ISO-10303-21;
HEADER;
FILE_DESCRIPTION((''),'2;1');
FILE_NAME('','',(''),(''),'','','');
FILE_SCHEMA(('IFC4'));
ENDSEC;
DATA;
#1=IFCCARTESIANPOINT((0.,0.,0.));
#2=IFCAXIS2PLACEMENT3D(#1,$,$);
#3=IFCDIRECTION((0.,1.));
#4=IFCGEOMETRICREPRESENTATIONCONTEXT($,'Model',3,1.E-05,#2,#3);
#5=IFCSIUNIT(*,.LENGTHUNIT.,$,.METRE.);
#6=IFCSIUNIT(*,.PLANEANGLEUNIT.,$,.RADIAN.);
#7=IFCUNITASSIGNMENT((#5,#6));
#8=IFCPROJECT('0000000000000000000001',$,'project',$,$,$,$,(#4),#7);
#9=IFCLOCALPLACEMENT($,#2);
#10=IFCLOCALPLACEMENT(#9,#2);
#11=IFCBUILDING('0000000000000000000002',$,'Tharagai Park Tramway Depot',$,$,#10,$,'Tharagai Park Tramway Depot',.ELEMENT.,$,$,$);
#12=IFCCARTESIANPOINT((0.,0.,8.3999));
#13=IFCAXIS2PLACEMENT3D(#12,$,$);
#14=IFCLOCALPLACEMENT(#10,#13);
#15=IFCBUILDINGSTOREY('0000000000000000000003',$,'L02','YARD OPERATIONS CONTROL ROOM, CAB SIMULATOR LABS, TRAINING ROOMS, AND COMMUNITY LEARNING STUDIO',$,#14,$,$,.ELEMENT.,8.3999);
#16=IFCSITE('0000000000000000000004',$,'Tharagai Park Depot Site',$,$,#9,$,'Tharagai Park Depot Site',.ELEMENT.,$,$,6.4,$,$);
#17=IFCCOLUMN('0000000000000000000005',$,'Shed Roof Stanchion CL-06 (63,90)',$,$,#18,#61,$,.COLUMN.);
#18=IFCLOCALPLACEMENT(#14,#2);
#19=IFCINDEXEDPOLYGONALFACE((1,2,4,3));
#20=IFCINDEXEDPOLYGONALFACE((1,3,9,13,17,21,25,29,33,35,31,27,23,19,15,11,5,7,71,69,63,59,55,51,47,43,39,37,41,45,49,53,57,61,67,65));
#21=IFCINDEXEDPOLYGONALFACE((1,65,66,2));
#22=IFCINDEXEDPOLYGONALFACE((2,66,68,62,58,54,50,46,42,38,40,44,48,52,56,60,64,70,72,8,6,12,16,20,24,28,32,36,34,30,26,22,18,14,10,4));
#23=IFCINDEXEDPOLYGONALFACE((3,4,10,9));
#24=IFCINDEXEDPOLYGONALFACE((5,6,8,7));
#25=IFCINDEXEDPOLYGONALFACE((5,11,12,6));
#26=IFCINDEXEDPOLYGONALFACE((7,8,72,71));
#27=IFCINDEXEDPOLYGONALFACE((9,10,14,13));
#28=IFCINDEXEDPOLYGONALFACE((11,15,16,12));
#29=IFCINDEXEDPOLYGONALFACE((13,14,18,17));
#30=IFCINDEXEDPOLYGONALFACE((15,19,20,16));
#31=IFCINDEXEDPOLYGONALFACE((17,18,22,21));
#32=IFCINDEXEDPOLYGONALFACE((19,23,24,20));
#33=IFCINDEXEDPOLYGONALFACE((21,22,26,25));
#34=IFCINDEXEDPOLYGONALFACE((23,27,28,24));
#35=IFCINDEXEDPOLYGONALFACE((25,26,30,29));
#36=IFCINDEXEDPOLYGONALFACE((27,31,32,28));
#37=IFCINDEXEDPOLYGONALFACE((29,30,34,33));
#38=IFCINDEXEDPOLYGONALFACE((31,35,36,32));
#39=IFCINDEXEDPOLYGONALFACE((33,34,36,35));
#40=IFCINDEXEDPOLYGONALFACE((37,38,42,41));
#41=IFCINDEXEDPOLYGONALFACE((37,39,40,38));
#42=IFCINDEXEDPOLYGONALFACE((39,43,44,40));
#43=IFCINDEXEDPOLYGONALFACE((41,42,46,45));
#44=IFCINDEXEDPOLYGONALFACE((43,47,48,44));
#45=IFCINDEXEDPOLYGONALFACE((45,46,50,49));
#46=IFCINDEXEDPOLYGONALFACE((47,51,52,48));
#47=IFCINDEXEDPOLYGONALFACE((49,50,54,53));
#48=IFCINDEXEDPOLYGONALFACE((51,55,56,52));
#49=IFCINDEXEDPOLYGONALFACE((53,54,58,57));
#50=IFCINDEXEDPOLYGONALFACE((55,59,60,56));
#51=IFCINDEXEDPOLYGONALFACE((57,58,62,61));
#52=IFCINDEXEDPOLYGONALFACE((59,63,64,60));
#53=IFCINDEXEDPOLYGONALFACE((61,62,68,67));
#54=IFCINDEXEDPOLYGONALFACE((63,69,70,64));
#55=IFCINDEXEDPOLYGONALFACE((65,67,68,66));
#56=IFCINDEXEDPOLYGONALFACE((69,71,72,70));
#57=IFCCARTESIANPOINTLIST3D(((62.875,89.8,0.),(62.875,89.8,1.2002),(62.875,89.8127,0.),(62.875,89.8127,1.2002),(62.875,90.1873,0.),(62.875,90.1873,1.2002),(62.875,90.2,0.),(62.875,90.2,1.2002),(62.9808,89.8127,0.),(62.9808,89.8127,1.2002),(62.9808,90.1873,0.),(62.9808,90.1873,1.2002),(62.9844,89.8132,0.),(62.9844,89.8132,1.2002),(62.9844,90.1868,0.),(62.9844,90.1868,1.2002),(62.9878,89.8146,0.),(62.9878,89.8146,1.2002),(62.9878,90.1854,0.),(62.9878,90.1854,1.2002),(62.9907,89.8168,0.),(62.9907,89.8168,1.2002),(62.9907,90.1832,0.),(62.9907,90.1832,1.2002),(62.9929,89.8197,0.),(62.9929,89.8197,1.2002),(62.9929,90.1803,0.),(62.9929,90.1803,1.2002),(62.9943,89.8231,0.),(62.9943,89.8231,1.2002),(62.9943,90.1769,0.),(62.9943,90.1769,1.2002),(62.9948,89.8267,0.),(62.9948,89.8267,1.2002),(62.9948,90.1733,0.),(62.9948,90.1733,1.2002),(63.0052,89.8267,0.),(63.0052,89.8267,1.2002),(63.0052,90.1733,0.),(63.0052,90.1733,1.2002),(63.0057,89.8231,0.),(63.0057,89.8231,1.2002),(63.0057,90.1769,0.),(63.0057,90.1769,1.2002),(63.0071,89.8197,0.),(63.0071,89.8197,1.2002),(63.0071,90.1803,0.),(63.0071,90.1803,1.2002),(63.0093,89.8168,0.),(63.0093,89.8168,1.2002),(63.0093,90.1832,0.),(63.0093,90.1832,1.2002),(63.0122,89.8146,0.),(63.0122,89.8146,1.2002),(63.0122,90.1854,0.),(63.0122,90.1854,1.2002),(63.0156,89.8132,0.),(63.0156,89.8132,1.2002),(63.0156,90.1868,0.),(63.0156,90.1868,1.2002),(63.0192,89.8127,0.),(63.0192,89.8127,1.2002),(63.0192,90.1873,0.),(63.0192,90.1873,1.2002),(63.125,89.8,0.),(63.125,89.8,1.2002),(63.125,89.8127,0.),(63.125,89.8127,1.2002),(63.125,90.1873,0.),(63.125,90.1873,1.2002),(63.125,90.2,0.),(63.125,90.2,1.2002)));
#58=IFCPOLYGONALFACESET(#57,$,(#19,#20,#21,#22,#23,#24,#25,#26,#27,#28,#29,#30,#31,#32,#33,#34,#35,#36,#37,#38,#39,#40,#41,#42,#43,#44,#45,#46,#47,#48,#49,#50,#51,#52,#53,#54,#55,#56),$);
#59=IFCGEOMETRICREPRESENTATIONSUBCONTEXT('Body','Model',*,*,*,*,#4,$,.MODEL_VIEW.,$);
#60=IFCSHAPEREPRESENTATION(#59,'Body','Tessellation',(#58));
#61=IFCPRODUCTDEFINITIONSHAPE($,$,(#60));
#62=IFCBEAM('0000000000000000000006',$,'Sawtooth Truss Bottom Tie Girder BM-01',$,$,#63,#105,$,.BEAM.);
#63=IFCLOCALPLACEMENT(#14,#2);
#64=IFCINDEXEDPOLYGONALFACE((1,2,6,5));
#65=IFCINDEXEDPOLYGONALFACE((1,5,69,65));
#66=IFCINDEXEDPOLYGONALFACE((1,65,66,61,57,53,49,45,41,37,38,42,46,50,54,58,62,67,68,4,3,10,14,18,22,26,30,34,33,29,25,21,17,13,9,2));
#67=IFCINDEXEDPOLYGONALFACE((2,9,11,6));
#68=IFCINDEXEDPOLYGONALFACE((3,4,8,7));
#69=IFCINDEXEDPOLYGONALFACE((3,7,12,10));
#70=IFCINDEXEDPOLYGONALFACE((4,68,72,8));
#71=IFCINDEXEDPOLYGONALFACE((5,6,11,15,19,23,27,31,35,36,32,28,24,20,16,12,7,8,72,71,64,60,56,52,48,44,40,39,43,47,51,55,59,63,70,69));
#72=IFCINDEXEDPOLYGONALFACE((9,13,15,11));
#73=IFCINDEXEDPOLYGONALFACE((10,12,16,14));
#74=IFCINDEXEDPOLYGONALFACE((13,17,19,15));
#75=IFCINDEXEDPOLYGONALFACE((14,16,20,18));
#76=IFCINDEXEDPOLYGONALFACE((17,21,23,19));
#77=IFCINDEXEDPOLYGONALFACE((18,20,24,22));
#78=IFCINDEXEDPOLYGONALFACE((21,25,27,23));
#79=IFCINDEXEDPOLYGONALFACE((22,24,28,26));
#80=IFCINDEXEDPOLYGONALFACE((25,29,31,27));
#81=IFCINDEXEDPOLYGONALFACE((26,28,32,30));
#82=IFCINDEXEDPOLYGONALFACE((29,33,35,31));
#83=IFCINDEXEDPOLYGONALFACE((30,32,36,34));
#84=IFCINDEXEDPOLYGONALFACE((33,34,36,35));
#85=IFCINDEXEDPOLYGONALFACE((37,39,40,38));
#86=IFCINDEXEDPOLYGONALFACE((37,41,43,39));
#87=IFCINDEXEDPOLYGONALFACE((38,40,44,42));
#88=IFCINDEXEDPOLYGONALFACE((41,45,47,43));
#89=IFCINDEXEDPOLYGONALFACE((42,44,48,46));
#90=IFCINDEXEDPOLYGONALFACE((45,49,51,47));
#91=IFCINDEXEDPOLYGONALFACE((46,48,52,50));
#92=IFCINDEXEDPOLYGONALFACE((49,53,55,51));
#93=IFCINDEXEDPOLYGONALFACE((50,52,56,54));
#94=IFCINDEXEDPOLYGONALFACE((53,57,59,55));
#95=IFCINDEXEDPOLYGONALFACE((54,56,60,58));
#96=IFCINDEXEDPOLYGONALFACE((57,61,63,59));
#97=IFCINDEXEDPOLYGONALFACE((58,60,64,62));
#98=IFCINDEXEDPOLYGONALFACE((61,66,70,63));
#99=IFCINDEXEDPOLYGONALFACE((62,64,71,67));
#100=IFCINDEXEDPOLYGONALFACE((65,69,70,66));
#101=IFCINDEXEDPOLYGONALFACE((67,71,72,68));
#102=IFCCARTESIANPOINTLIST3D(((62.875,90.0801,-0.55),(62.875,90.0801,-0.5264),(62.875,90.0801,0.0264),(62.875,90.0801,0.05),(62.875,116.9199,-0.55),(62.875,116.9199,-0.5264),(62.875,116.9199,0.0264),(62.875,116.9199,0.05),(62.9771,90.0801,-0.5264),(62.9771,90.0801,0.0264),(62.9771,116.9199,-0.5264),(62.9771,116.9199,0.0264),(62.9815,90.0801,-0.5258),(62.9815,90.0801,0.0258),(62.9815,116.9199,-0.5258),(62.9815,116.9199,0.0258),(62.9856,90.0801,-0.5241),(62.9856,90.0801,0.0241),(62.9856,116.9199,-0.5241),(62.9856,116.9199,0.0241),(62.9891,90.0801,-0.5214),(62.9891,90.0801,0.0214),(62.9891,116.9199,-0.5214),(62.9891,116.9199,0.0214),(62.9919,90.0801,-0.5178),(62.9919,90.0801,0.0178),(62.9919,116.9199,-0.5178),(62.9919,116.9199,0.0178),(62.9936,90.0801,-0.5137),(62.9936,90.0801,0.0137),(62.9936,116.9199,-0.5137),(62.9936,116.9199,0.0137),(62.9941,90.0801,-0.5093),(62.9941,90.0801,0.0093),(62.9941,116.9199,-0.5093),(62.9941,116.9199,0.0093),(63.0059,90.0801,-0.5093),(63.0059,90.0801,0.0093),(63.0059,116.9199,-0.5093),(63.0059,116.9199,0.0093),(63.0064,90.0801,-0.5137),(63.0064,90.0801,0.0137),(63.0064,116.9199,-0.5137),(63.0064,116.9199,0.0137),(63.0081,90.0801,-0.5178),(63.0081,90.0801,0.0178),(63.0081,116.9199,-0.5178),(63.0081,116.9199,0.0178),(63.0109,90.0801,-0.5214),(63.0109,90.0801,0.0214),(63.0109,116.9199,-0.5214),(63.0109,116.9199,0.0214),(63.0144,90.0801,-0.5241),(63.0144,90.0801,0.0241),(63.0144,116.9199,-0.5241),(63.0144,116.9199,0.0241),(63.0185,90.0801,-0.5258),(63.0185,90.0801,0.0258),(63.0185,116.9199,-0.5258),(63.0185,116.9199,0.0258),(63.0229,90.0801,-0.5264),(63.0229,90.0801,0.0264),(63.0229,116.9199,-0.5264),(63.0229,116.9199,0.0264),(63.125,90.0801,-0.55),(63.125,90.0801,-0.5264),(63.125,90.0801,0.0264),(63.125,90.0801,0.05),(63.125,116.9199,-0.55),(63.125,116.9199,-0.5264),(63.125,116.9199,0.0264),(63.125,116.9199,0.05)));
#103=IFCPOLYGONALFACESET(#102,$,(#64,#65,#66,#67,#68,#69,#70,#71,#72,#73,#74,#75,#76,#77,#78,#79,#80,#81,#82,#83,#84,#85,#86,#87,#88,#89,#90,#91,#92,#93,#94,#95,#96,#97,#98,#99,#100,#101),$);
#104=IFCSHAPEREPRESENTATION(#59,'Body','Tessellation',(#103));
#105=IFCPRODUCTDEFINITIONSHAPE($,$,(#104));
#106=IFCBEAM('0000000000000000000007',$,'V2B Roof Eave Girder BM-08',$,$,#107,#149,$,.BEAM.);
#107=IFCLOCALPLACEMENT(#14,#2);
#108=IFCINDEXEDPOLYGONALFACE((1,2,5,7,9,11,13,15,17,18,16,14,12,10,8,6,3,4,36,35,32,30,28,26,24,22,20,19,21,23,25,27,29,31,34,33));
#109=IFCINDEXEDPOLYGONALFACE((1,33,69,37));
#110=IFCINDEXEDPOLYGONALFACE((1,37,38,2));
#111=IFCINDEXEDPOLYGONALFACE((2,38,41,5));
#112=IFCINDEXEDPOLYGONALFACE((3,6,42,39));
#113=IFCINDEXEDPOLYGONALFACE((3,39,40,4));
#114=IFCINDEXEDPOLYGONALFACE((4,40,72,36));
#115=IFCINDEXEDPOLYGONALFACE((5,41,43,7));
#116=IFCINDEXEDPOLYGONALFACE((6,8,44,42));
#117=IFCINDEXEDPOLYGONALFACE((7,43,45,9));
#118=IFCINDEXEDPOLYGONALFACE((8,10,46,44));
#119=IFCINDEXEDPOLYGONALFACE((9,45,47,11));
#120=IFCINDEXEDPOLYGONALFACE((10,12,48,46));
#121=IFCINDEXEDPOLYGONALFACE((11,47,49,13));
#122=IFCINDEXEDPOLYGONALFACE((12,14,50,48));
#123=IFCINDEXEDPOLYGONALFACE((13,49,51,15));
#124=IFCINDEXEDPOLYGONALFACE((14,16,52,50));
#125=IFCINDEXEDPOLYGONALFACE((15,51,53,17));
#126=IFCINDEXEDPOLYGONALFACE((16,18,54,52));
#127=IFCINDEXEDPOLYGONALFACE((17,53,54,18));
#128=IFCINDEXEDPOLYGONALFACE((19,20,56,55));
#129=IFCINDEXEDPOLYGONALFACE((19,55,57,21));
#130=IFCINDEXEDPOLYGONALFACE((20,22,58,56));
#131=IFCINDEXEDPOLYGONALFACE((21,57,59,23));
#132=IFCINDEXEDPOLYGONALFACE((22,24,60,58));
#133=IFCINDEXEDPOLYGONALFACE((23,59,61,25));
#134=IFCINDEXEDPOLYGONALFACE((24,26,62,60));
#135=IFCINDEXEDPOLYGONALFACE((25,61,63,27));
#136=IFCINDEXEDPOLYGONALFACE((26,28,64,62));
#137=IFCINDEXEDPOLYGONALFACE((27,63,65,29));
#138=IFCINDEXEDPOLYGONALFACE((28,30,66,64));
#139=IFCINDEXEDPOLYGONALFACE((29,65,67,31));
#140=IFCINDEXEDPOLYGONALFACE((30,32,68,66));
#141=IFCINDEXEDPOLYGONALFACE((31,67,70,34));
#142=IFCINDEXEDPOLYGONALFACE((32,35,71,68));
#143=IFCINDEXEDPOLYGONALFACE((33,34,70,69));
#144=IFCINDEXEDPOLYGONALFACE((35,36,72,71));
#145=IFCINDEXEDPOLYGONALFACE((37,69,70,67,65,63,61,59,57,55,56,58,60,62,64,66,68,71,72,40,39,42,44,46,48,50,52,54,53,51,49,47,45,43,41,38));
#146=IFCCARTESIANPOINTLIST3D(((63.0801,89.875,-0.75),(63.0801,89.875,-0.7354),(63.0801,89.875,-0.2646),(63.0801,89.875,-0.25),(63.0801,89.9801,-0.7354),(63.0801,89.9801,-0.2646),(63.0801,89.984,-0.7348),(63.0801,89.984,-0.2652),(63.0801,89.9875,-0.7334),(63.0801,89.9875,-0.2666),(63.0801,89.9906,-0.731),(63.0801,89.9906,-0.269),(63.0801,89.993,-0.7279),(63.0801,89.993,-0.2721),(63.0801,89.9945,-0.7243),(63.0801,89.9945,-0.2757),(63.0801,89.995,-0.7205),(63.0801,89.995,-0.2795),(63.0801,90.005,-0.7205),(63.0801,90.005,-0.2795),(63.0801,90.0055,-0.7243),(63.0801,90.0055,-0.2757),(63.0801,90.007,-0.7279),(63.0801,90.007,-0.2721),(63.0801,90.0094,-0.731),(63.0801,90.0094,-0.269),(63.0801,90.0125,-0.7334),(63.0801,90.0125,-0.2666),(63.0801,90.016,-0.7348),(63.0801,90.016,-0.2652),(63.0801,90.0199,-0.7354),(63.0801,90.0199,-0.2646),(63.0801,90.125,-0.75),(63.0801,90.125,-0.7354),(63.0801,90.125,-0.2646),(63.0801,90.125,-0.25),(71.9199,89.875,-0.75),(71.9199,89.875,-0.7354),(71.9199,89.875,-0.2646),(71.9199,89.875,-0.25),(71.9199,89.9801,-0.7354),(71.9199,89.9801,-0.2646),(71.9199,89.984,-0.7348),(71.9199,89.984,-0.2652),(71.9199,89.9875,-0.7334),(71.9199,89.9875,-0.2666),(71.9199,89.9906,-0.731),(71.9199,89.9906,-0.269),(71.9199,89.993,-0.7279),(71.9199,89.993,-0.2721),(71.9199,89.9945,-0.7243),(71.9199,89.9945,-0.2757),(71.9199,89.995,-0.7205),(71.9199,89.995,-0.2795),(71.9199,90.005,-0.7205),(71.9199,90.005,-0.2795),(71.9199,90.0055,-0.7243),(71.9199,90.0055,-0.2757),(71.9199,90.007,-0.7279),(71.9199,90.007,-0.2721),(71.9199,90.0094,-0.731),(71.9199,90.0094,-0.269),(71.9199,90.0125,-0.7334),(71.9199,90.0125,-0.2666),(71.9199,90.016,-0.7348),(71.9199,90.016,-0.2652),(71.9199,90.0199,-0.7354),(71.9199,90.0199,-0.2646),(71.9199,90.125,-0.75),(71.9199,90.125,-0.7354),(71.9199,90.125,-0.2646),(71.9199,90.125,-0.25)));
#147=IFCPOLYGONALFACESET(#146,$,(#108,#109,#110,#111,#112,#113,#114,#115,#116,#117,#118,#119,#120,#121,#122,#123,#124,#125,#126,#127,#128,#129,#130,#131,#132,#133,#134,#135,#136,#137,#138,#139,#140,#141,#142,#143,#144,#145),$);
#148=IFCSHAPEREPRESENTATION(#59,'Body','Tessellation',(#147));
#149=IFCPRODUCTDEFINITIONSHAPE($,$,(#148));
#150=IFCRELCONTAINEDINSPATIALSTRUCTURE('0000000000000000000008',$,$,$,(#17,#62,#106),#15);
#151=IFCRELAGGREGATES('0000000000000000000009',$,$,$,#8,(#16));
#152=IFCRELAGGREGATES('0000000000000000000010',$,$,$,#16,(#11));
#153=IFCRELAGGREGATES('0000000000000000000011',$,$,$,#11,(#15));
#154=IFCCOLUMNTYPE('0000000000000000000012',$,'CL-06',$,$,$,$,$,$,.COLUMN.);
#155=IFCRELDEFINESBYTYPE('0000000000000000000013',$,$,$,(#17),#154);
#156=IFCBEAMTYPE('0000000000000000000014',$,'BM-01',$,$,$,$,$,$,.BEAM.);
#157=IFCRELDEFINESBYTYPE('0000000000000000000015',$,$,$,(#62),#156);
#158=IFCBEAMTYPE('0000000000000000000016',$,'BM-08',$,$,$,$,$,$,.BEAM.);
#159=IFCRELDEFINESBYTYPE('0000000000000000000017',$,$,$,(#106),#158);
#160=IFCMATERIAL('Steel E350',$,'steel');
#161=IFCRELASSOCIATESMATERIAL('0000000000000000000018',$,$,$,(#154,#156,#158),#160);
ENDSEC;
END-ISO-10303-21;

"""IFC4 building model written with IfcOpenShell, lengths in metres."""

from ifc_helpers import new_model, si_unit, direction, frame, origin, origin_2d, place, context, subcontext, project, spatial, i_section, extrude, material, material_profile, profile_set, type_object, element, save


model = new_model("IFC4")

# Units and contexts
model_context = context("Model", 3, precision=1e-05, world=origin(), true_north=direction((0.0, 1.0)))
body_context = subcontext(model_context, "Body", "Model", "MODEL_VIEW")
ifc_project = project(units=[si_unit("LENGTHUNIT", "METRE"), si_unit("PLANEANGLEUNIT", "RADIAN")], contexts=[model_context])

# Site, building, storey
site_placement = place(None, origin())
site = spatial("IfcSite", under=ifc_project, at=site_placement, Name="Tharagai Park Depot Site", LongName="Tharagai Park Depot Site", CompositionType="ELEMENT", RefElevation=6.4)
building_placement = place(site_placement, origin())
building = spatial("IfcBuilding", under=site, at=building_placement, Name="Tharagai Park Tramway Depot", LongName="Tharagai Park Tramway Depot", CompositionType="ELEMENT")
storey_placement = place(building_placement, frame((0.0, 0.0, 8.3999)))
storey = spatial("IfcBuildingStorey", under=building, at=storey_placement, Name="L02", Description="YARD OPERATIONS CONTROL ROOM, CAB SIMULATOR LABS, TRAINING ROOMS, AND COMMUNITY LEARNING STUDIO", CompositionType="ELEMENT", Elevation=8.3999)

# Column
ifc_material_1 = material(Name="Steel E350", Category="steel")
ifc_material_profile_1 = material_profile(ifc_material_1, i_section(OverallWidth=0.25, OverallDepth=0.3999, WebThickness=0.0105, FlangeThickness=0.0127, FilletRadius=0.0139, at=origin_2d()), Name="ISHB 400")
ifc_profile_set_1 = profile_set([ifc_material_profile_1], Name="Steel E350")
column_type = type_object("IfcColumnType", Name="CL-06", PredefinedType="COLUMN", material=ifc_profile_set_1)
column_placement = place(storey_placement, frame((63.0, 90.0, 0.0), z_axis=(0.0, 0.0, 1.0), x_axis=(1.0, 0.0, 0.0)))
element("IfcColumn", 1, at=column_placement, inside=storey, type_object=column_type, Name="Shed Roof Stanchion CL-06 (63,90)", PredefinedType="COLUMN", context=body_context, shape_type="SweptSolid", body=[
    extrude(i_section(OverallWidth=0.25, OverallDepth=0.3999, WebThickness=0.0105, FlangeThickness=0.0127, FilletRadius=0.0139, at=origin_2d()), origin(), (0.0, 0.0, 1.0), 1.2002),
])

# Beams
ifc_material_profile_2 = material_profile(ifc_material_1, i_section(OverallWidth=0.25, OverallDepth=0.6001, WebThickness=0.0117, FlangeThickness=0.0237, FilletRadius=0.0171, at=origin_2d()), Name="ISWB 600")
ifc_profile_set_2 = profile_set([ifc_material_profile_2], Name="Steel E350")
beam_type_1 = type_object("IfcBeamType", Name="BM-01", PredefinedType="BEAM", material=ifc_profile_set_2)
beam_1_placement = place(storey_placement, frame((63.0, 90.0801, -0.25), z_axis=(0.0, 1.0, 0.0), x_axis=(-1.0, 0.0, 0.0)))
element("IfcBeam", 2, at=beam_1_placement, inside=storey, type_object=beam_type_1, Name="Sawtooth Truss Bottom Tie Girder BM-01", PredefinedType="BEAM", context=body_context, shape_type="SweptSolid", body=[
    extrude(i_section(OverallWidth=0.25, OverallDepth=0.6001, WebThickness=0.0117, FlangeThickness=0.0237, FilletRadius=0.0171, at=origin_2d()), origin(), (0.0, 0.0, 1.0), 26.8398),
])
ifc_material_profile_3 = material_profile(ifc_material_1, i_section(OverallWidth=0.25, OverallDepth=0.5, WebThickness=0.01, FlangeThickness=0.0146, FilletRadius=0.0149, at=origin_2d()), Name="ISWB 500")
ifc_profile_set_3 = profile_set([ifc_material_profile_3], Name="Steel E350")
beam_type_2 = type_object("IfcBeamType", Name="BM-08", PredefinedType="BEAM", material=ifc_profile_set_3)
beam_2_placement = place(storey_placement, frame((63.0801, 90.0, -0.5), z_axis=(1.0, 0.0, 0.0), x_axis=(0.0, 1.0, 0.0)))
element("IfcBeam", 3, at=beam_2_placement, inside=storey, type_object=beam_type_2, Name="V2B Roof Eave Girder BM-08", PredefinedType="BEAM", context=body_context, shape_type="SweptSolid", body=[
    extrude(i_section(OverallWidth=0.25, OverallDepth=0.5, WebThickness=0.01, FlangeThickness=0.0146, FilletRadius=0.0149, at=origin_2d()), origin(), (0.0, 0.0, 1.0), 8.8398),
])

save(model, "model.ifc")
